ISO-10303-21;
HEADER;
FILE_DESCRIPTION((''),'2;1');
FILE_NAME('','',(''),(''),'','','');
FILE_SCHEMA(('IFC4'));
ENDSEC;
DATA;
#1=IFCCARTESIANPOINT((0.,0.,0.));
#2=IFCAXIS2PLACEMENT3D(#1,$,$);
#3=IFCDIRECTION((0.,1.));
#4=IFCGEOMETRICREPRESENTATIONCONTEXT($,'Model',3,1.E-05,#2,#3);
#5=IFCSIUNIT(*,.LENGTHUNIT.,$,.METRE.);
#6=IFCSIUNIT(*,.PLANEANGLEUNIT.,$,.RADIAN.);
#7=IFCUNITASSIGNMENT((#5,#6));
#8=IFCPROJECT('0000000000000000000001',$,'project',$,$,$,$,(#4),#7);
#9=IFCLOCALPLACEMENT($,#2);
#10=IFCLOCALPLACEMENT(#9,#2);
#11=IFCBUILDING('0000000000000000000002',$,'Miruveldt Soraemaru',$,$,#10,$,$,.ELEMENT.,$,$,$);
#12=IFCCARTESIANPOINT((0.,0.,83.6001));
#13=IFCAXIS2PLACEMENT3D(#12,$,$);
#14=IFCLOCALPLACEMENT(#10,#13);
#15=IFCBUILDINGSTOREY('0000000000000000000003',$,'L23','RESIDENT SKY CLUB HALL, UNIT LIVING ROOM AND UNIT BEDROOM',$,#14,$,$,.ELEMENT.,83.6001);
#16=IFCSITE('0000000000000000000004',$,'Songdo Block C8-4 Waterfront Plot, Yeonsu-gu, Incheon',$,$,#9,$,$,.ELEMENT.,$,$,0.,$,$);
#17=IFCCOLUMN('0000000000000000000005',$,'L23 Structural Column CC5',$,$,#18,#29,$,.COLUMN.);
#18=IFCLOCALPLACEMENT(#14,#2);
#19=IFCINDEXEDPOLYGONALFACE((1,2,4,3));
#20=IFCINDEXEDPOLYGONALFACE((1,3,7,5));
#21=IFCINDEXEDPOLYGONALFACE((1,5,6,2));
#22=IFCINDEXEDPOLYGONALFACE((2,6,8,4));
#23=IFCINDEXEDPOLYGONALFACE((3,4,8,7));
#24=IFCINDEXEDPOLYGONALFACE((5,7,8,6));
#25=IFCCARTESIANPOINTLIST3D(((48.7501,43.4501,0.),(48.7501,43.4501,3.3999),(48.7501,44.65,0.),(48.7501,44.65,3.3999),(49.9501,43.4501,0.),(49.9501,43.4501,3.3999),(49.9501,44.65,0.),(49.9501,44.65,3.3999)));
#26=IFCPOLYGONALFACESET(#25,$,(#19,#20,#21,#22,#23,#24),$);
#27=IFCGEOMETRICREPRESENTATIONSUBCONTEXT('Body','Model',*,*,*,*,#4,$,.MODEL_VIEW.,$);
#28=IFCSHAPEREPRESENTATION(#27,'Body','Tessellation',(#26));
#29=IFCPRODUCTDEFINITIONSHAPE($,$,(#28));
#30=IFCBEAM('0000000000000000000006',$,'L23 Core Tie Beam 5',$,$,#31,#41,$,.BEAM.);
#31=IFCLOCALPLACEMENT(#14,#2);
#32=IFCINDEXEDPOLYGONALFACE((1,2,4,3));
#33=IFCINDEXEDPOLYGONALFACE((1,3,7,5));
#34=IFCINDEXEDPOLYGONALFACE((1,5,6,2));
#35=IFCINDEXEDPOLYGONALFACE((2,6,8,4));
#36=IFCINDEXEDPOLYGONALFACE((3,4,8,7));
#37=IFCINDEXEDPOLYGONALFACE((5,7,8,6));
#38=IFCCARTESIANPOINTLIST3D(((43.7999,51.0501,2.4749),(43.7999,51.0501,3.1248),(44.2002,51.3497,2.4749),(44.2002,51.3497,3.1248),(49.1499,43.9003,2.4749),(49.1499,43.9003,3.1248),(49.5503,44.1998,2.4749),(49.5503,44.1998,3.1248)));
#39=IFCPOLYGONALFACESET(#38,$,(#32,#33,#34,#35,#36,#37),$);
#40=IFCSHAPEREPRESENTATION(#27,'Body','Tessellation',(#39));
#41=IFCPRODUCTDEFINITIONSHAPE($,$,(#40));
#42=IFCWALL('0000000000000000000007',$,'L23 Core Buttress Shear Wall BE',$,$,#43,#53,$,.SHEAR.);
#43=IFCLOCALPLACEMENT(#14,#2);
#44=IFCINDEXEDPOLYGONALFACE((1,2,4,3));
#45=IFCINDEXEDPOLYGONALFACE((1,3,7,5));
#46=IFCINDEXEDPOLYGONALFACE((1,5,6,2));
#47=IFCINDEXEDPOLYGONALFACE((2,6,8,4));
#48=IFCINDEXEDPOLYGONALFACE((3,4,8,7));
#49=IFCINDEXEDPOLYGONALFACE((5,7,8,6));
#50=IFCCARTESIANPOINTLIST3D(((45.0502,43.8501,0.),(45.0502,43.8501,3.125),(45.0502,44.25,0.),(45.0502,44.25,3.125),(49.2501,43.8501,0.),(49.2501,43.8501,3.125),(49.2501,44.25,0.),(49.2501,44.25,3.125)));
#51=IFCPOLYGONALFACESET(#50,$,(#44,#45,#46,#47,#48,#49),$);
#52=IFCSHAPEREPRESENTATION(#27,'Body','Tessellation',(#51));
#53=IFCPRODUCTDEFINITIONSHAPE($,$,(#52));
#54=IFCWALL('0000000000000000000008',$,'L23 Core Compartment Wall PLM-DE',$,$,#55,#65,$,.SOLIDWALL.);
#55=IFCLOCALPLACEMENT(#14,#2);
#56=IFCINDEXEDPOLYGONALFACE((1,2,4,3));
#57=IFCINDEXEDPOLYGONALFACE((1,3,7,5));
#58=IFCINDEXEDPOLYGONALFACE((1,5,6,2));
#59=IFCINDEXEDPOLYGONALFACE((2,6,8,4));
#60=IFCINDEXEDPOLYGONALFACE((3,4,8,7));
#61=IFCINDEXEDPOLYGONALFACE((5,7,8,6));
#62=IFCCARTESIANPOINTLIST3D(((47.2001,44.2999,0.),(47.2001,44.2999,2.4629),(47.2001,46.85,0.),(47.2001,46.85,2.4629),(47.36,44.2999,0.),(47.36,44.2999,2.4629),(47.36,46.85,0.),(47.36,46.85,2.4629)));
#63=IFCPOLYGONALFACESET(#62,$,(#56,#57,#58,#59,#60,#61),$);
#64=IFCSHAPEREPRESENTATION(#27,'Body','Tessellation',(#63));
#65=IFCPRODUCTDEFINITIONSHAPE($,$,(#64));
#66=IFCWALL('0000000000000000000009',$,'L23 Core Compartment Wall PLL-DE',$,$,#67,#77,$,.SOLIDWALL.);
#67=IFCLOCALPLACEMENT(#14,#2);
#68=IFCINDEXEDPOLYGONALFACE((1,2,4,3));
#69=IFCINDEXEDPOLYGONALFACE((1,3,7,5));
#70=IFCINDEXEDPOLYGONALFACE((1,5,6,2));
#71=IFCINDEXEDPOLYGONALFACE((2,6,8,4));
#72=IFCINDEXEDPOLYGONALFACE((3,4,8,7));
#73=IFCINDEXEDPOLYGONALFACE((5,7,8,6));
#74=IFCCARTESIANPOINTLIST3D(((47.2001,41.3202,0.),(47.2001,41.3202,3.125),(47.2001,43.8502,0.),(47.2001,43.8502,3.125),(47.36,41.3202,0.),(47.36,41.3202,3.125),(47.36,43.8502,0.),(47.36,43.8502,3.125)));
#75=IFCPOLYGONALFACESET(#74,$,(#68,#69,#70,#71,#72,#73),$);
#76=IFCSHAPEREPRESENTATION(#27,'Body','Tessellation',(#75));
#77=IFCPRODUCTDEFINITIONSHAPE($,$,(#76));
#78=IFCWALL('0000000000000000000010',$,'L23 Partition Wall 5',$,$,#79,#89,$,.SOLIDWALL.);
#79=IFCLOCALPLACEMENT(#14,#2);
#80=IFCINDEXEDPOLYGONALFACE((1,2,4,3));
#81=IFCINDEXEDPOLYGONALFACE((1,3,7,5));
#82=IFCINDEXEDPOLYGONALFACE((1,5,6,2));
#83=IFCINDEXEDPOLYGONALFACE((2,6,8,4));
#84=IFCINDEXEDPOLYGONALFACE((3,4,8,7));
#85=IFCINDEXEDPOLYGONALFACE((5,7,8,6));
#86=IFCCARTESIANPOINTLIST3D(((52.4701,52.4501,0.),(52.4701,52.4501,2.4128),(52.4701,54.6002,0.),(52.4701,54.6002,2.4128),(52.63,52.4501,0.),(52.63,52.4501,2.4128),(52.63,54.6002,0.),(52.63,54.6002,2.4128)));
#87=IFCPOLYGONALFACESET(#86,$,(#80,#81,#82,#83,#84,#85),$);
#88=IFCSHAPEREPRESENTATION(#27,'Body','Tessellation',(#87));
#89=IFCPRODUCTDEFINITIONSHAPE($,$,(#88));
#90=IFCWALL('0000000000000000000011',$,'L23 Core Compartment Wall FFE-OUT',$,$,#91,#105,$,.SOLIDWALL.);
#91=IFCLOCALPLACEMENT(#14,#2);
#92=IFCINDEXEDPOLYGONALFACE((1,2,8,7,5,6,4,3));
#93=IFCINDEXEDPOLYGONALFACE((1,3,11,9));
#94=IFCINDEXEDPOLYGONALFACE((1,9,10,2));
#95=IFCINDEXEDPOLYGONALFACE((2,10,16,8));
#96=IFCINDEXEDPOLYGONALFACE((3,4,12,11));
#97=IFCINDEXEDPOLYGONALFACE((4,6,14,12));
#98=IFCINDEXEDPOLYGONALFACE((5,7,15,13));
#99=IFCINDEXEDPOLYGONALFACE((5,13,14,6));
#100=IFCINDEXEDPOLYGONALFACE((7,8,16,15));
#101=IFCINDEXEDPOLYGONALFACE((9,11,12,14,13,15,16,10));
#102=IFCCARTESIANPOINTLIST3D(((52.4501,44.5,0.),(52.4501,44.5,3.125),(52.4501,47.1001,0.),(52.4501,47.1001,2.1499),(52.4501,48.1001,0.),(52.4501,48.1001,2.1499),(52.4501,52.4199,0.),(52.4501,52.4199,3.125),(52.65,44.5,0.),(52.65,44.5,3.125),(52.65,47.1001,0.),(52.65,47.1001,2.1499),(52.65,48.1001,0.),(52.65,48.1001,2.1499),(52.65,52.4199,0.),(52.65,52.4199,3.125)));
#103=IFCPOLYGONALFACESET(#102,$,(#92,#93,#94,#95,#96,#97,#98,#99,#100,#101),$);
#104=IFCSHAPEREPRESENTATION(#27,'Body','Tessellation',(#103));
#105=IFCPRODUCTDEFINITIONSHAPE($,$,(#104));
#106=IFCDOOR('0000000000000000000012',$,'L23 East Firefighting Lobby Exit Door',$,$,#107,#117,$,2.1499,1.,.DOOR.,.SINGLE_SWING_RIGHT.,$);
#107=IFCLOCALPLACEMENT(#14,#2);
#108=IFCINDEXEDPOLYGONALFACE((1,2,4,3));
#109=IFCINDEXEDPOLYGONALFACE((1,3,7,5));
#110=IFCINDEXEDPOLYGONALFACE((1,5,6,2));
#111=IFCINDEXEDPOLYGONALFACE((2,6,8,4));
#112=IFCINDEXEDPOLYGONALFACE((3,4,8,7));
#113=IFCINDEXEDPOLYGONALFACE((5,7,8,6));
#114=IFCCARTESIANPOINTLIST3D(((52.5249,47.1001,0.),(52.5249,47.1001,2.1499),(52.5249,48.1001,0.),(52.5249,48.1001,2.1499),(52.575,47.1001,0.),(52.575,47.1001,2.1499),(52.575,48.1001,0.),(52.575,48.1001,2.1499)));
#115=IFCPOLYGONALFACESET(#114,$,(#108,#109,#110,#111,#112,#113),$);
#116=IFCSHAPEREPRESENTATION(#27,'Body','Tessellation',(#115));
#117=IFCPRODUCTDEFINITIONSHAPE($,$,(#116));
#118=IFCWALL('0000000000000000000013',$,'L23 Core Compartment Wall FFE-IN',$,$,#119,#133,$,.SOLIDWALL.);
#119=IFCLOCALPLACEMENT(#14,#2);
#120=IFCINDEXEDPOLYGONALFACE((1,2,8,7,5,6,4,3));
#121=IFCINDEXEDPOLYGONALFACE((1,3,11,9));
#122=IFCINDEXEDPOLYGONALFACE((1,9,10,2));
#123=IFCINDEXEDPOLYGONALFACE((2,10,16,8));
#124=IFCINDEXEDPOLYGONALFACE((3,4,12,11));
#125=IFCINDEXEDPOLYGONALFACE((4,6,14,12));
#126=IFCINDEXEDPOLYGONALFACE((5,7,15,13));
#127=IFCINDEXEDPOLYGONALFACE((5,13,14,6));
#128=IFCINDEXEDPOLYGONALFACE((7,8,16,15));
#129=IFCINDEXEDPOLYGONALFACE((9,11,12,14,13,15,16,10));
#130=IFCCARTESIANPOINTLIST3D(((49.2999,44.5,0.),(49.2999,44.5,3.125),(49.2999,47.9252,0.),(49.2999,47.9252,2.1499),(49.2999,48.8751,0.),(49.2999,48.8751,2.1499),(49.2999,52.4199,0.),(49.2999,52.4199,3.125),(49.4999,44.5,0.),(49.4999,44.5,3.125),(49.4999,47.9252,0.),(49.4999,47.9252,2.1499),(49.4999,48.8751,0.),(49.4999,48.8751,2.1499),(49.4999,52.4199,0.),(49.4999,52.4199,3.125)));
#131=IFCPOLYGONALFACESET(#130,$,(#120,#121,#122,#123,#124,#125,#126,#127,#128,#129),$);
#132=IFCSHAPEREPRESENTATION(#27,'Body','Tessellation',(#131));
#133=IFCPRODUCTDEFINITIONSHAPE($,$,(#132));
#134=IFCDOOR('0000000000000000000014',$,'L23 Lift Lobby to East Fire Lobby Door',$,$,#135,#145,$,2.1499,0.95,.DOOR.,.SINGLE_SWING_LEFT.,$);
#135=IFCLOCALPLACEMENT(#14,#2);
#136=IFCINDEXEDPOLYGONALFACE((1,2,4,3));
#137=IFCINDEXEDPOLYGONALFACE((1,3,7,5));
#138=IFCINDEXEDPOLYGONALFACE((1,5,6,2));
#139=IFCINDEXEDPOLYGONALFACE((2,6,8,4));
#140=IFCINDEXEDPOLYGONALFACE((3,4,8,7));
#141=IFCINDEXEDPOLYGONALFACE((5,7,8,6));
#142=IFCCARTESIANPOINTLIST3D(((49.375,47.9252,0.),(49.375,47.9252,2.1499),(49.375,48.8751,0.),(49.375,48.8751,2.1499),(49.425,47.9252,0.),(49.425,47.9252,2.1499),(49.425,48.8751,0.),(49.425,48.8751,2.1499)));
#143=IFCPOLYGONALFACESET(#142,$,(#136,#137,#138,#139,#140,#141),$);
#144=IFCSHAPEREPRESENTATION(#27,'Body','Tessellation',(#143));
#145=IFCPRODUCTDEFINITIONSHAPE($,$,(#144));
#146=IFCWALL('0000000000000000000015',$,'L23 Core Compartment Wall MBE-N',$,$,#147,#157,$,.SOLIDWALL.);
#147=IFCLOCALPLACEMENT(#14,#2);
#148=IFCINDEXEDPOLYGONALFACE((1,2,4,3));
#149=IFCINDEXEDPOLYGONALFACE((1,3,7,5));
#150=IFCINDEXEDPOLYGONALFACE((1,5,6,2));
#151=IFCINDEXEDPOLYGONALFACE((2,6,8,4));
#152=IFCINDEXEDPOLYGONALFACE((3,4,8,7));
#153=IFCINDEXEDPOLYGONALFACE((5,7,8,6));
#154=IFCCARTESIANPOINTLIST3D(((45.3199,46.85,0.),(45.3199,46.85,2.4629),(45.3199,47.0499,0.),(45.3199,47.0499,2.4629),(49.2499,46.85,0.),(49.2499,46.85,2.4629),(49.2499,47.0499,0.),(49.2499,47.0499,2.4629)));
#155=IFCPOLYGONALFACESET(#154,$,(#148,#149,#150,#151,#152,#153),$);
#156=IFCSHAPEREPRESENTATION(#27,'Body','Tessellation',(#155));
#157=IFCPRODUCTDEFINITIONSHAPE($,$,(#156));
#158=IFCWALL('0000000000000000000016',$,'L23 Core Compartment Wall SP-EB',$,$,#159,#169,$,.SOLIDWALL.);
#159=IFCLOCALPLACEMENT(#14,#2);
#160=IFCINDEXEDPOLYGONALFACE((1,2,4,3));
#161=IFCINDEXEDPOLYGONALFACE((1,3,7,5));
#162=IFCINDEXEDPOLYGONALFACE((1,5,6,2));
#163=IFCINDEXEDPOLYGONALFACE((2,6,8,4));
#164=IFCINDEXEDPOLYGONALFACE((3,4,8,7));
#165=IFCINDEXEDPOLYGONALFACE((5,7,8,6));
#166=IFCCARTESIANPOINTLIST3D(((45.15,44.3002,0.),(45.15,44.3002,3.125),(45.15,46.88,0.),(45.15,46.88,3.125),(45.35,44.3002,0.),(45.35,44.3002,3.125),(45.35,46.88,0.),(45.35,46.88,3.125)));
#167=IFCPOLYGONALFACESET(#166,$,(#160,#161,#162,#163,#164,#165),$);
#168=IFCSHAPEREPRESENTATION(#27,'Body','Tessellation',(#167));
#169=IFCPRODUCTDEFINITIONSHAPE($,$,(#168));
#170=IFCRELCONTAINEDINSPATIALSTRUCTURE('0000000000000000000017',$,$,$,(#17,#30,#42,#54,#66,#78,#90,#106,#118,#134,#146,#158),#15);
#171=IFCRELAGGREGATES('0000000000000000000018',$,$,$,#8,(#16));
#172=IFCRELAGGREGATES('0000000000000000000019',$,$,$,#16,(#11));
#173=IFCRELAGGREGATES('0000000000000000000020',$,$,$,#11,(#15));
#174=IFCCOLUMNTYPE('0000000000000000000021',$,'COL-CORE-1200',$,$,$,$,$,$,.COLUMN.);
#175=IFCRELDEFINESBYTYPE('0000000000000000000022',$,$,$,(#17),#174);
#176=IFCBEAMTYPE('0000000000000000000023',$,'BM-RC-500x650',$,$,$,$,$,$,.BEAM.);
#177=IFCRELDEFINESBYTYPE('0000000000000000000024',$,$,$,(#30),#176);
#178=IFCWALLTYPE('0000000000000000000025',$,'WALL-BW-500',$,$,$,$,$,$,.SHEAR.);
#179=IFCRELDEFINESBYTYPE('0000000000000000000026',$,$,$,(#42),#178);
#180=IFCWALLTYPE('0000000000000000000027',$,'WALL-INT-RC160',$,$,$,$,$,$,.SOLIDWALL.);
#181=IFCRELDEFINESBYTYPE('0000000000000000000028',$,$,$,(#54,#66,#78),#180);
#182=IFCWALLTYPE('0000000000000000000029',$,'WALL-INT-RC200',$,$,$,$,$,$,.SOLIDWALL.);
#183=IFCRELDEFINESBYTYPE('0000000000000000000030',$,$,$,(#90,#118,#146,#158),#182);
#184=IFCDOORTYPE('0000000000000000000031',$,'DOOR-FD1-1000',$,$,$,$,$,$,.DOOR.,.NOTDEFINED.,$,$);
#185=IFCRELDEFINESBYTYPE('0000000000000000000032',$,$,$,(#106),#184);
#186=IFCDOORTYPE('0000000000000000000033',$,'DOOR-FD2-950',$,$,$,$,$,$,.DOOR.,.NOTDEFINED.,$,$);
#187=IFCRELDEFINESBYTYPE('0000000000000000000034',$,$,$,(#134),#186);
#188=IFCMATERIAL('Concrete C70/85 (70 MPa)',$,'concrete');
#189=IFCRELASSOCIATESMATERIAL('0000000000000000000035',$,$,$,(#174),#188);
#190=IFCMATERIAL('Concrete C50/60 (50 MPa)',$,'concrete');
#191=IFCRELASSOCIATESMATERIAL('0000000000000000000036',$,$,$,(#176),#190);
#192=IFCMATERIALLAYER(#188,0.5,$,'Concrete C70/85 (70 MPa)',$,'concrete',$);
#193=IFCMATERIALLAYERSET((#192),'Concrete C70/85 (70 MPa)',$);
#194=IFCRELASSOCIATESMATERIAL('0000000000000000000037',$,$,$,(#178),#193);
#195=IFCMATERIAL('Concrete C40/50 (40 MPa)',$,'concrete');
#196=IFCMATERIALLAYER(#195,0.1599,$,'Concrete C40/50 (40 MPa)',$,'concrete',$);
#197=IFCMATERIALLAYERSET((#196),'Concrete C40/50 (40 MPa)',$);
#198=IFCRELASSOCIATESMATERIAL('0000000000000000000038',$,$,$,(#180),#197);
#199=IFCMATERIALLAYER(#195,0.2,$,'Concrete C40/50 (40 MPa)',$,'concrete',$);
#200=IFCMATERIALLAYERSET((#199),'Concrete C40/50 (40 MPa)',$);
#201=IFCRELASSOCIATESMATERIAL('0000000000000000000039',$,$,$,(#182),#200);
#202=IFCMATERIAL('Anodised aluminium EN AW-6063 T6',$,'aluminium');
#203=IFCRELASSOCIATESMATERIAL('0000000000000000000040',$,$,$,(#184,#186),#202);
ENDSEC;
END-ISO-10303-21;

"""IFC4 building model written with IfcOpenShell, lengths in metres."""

from ifc_helpers import new_model, si_unit, direction, frame, frame_2d, origin, origin_2d, place, context, subcontext, project, spatial, rectangle, extrude, material, layer, layer_set, material_profile, profile_set, type_object, element, fill, save


model = new_model("IFC4")

# Units and contexts
model_context = context("Model", 3, precision=1e-05, world=origin(), true_north=direction((0.0, 1.0)))
body_context = subcontext(model_context, "Body", "Model", "MODEL_VIEW")
ifc_project = project(units=[si_unit("LENGTHUNIT", "METRE"), si_unit("PLANEANGLEUNIT", "RADIAN")], contexts=[model_context])

# Site, building, storey
site_placement = place(None, origin())
site = spatial("IfcSite", under=ifc_project, at=site_placement, Name="Songdo Block C8-4 Waterfront Plot, Yeonsu-gu, Incheon", CompositionType="ELEMENT", RefElevation=0.0)
building_placement = place(site_placement, origin())
building = spatial("IfcBuilding", under=site, at=building_placement, Name="Miruveldt Soraemaru", CompositionType="ELEMENT")
storey_placement = place(building_placement, frame((0.0, 0.0, 83.6001)))
storey = spatial("IfcBuildingStorey", under=building, at=storey_placement, Name="L23", Description="RESIDENT SKY CLUB HALL, UNIT LIVING ROOM AND UNIT BEDROOM", CompositionType="ELEMENT", Elevation=83.6001)

# Column
ifc_material_1 = material(Name="Concrete C70/85 (70 MPa)", Category="concrete")
ifc_material_profile_1 = material_profile(ifc_material_1, rectangle(XDim=1.2, YDim=1.2, at=origin_2d()), Name="Concrete C70/85 (70 MPa)", Category="concrete")
ifc_profile_set_1 = profile_set([ifc_material_profile_1], Name="Concrete C70/85 (70 MPa)")
column_type = type_object("IfcColumnType", Name="COL-CORE-1200", PredefinedType="COLUMN", material=ifc_profile_set_1)
column_placement = place(storey_placement, frame((49.3501, 44.05, 0.0), z_axis=(0.0, 0.0, 1.0), x_axis=(1.0, 0.0, 0.0)))
element("IfcColumn", 1, at=column_placement, inside=storey, type_object=column_type, Name="L23 Structural Column CC5", PredefinedType="COLUMN", context=body_context, shape_type="SweptSolid", body=[
    extrude(rectangle(XDim=1.2, YDim=1.2, at=origin_2d()), origin(), (0.0, 0.0, 1.0), 3.3999),
])

# Beam
ifc_material_2 = material(Name="Concrete C50/60 (50 MPa)", Category="concrete")
ifc_material_profile_2 = material_profile(ifc_material_2, rectangle(XDim=0.5, YDim=0.6499, at=origin_2d()), Name="Concrete C50/60 (50 MPa)", Category="concrete")
ifc_profile_set_2 = profile_set([ifc_material_profile_2], Name="Concrete C50/60 (50 MPa)")
beam_type = type_object("IfcBeamType", Name="BM-RC-500x650", PredefinedType="BEAM", material=ifc_profile_set_2)
beam_placement = place(storey_placement, frame((49.3501, 44.05, 2.7998), z_axis=(-0.599116, 0.800662, 0.0), x_axis=(-0.800662, -0.599116, 0.0)))
element("IfcBeam", 2, at=beam_placement, inside=storey, type_object=beam_type, Name="L23 Core Tie Beam 5", PredefinedType="BEAM", context=body_context, shape_type="SweptSolid", body=[
    extrude(rectangle(XDim=0.5, YDim=0.6499, at=origin_2d()), origin(), (0.0, 0.0, 1.0), 8.9299),
])

# Walls
ifc_layer_1 = layer(ifc_material_1, 0.5, Name="Concrete C70/85 (70 MPa)", Category="concrete")
ifc_layer_set_1 = layer_set([ifc_layer_1], Name="Concrete C70/85 (70 MPa)")
wall_type_1 = type_object("IfcWallType", Name="WALL-BW-500", PredefinedType="SHEAR", material=ifc_layer_set_1)
wall_1_placement = place(storey_placement, frame((45.05, 44.05, 0.0), z_axis=(0.0, 0.0, 1.0), x_axis=(1.0, 0.0, 0.0)))
element("IfcWall", 3, at=wall_1_placement, inside=storey, type_object=wall_type_1, Name="L23 Core Buttress Shear Wall BE", PredefinedType="SHEAR", context=body_context, shape_type="SweptSolid", body=[
    extrude(rectangle(XDim=4.2, YDim=0.3999, at=frame_2d((2.1001, 0.0))), origin(), (0.0, 0.0, 1.0), 3.125),
])
ifc_material_3 = material(Name="Concrete C40/50 (40 MPa)", Category="concrete")
ifc_layer_2 = layer(ifc_material_3, 0.1599, Name="Concrete C40/50 (40 MPa)", Category="concrete")
ifc_layer_set_2 = layer_set([ifc_layer_2], Name="Concrete C40/50 (40 MPa)")
wall_type_2 = type_object("IfcWallType", Name="WALL-INT-RC160", PredefinedType="SOLIDWALL", material=ifc_layer_set_2)
wall_2_placement = place(storey_placement, frame((47.28, 44.3, 0.0), z_axis=(0.0, 0.0, 1.0), x_axis=(0.0, 1.0, 0.0)))
element("IfcWall", 4, at=wall_2_placement, inside=storey, type_object=wall_type_2, Name="L23 Core Compartment Wall PLM-DE", PredefinedType="SOLIDWALL", context=body_context, shape_type="SweptSolid", body=[
    extrude(rectangle(XDim=2.55, YDim=0.1599, at=frame_2d((1.2749, 0.0))), origin(), (0.0, 0.0, 1.0), 2.4629),
])
wall_3_placement = place(storey_placement, frame((47.28, 41.3201, 0.0), z_axis=(0.0, 0.0, 1.0), x_axis=(0.0, 1.0, 0.0)))
element("IfcWall", 5, at=wall_3_placement, inside=storey, type_object=wall_type_2, Name="L23 Core Compartment Wall PLL-DE", PredefinedType="SOLIDWALL", context=body_context, shape_type="SweptSolid", body=[
    extrude(rectangle(XDim=2.53, YDim=0.1599, at=frame_2d((1.2651, 0.0))), origin(), (0.0, 0.0, 1.0), 3.125),
])
wall_4_placement = place(storey_placement, frame((52.55, 52.45, 0.0), z_axis=(0.0, 0.0, 1.0), x_axis=(0.0, 1.0, 0.0)))
element("IfcWall", 6, at=wall_4_placement, inside=storey, type_object=wall_type_2, Name="L23 Partition Wall 5", PredefinedType="SOLIDWALL", context=body_context, shape_type="SweptSolid", body=[
    extrude(rectangle(XDim=2.1501, YDim=0.1599, at=frame_2d((1.0752, 0.0))), origin(), (0.0, 0.0, 1.0), 2.4128),
])

# Walls, openings, doors
ifc_layer_3 = layer(ifc_material_3, 0.2, Name="Concrete C40/50 (40 MPa)", Category="concrete")
ifc_layer_set_3 = layer_set([ifc_layer_3], Name="Concrete C40/50 (40 MPa)")
wall_type_3 = type_object("IfcWallType", Name="WALL-INT-RC200", PredefinedType="SOLIDWALL", material=ifc_layer_set_3)
wall_5_placement = place(storey_placement, frame((52.55, 44.5, 0.0), z_axis=(0.0, 0.0, 1.0), x_axis=(0.0, 1.0, 0.0)))
wall_5 = element("IfcWall", 7, at=wall_5_placement, inside=storey, type_object=wall_type_3, Name="L23 Core Compartment Wall FFE-OUT", PredefinedType="SOLIDWALL", context=body_context, shape_type="SweptSolid", body=[
    extrude(rectangle(XDim=7.9199, YDim=0.2, at=frame_2d((3.96, 0.0))), origin(), (0.0, 0.0, 1.0), 3.125),
])
opening_1_placement = place(wall_5_placement, frame((2.6001, 0.0, 0.0)))
opening_1 = element("IfcOpeningElement", 8, at=opening_1_placement, cuts=wall_5, PredefinedType="OPENING", context=body_context, shape_type="SweptSolid", body=[
    extrude(rectangle(XDim=1.0, YDim=2.1499, at=frame_2d((0.5, 1.075))), frame((0.0, 0.1099, 0.0), z_axis=(0.0, -1.0, 0.0), x_axis=(1.0, 0.0, 0.0)), (0.0, 0.0, 1.0), 0.22),
])
ifc_material_4 = material(Name="Anodised aluminium EN AW-6063 T6", Category="aluminium")
door_type_1 = type_object("IfcDoorType", Name="DOOR-FD1-1000", OperationType="NOTDEFINED", PredefinedType="DOOR", material=ifc_material_4)
door_1_placement = place(opening_1_placement, frame((1.0, 0.0, 0.0), z_axis=(0.0, 0.0, 1.0), x_axis=(-1.0, 0.0, 0.0)))
door_1 = element("IfcDoor", 9, at=door_1_placement, inside=storey, type_object=door_type_1, Name="L23 East Firefighting Lobby Exit Door", OperationType="SINGLE_SWING_RIGHT", OverallHeight=2.1499, OverallWidth=1.0, PredefinedType="DOOR", context=body_context, shape_type="SweptSolid", body=[
    extrude(rectangle(XDim=1.0, YDim=2.1499, at=frame_2d((0.5, 1.075))), frame((0.0, 0.0249, 0.0), z_axis=(0.0, -1.0, 0.0), x_axis=(1.0, 0.0, 0.0)), (0.0, 0.0, 1.0), 0.05),
])
fill(opening_1, door_1)
wall_6_placement = place(storey_placement, frame((49.3999, 44.5, 0.0), z_axis=(0.0, 0.0, 1.0), x_axis=(0.0, 1.0, 0.0)))
wall_6 = element("IfcWall", 10, at=wall_6_placement, inside=storey, type_object=wall_type_3, Name="L23 Core Compartment Wall FFE-IN", PredefinedType="SOLIDWALL", context=body_context, shape_type="SweptSolid", body=[
    extrude(rectangle(XDim=7.9199, YDim=0.2, at=frame_2d((3.96, 0.0))), origin(), (0.0, 0.0, 1.0), 3.125),
])
opening_2_placement = place(wall_6_placement, frame((3.425, 0.0, 0.0)))
opening_2 = element("IfcOpeningElement", 11, at=opening_2_placement, cuts=wall_6, PredefinedType="OPENING", context=body_context, shape_type="SweptSolid", body=[
    extrude(rectangle(XDim=0.95, YDim=2.1499, at=frame_2d((0.4751, 1.075))), frame((0.0, 0.1099, 0.0), z_axis=(0.0, -1.0, 0.0), x_axis=(1.0, 0.0, 0.0)), (0.0, 0.0, 1.0), 0.22),
])
door_type_2 = type_object("IfcDoorType", Name="DOOR-FD2-950", OperationType="NOTDEFINED", PredefinedType="DOOR", material=ifc_material_4)
door_2_placement = place(opening_2_placement, origin())
door_2 = element("IfcDoor", 12, at=door_2_placement, inside=storey, type_object=door_type_2, Name="L23 Lift Lobby to East Fire Lobby Door", OperationType="SINGLE_SWING_LEFT", OverallHeight=2.1499, OverallWidth=0.95, PredefinedType="DOOR", context=body_context, shape_type="SweptSolid", body=[
    extrude(rectangle(XDim=0.95, YDim=2.1499, at=frame_2d((0.4751, 1.075))), frame((0.0, 0.0249, 0.0), z_axis=(0.0, -1.0, 0.0), x_axis=(1.0, 0.0, 0.0)), (0.0, 0.0, 1.0), 0.05),
])
fill(opening_2, door_2)

# Walls
wall_7_placement = place(storey_placement, frame((45.3201, 46.95, 0.0), z_axis=(0.0, 0.0, 1.0), x_axis=(1.0, 0.0, 0.0)))
element("IfcWall", 13, at=wall_7_placement, inside=storey, type_object=wall_type_3, Name="L23 Core Compartment Wall MBE-N", PredefinedType="SOLIDWALL", context=body_context, shape_type="SweptSolid", body=[
    extrude(rectangle(XDim=3.9299, YDim=0.2, at=frame_2d((1.9648, 0.0))), origin(), (0.0, 0.0, 1.0), 2.4629),
])
wall_8_placement = place(storey_placement, frame((45.25, 44.3, 0.0), z_axis=(0.0, 0.0, 1.0), x_axis=(0.0, 1.0, 0.0)))
element("IfcWall", 14, at=wall_8_placement, inside=storey, type_object=wall_type_3, Name="L23 Core Compartment Wall SP-EB", PredefinedType="SOLIDWALL", context=body_context, shape_type="SweptSolid", body=[
    extrude(rectangle(XDim=2.5798, YDim=0.2, at=frame_2d((1.29, 0.0))), origin(), (0.0, 0.0, 1.0), 3.125),
])

save(model, "model.ifc")
